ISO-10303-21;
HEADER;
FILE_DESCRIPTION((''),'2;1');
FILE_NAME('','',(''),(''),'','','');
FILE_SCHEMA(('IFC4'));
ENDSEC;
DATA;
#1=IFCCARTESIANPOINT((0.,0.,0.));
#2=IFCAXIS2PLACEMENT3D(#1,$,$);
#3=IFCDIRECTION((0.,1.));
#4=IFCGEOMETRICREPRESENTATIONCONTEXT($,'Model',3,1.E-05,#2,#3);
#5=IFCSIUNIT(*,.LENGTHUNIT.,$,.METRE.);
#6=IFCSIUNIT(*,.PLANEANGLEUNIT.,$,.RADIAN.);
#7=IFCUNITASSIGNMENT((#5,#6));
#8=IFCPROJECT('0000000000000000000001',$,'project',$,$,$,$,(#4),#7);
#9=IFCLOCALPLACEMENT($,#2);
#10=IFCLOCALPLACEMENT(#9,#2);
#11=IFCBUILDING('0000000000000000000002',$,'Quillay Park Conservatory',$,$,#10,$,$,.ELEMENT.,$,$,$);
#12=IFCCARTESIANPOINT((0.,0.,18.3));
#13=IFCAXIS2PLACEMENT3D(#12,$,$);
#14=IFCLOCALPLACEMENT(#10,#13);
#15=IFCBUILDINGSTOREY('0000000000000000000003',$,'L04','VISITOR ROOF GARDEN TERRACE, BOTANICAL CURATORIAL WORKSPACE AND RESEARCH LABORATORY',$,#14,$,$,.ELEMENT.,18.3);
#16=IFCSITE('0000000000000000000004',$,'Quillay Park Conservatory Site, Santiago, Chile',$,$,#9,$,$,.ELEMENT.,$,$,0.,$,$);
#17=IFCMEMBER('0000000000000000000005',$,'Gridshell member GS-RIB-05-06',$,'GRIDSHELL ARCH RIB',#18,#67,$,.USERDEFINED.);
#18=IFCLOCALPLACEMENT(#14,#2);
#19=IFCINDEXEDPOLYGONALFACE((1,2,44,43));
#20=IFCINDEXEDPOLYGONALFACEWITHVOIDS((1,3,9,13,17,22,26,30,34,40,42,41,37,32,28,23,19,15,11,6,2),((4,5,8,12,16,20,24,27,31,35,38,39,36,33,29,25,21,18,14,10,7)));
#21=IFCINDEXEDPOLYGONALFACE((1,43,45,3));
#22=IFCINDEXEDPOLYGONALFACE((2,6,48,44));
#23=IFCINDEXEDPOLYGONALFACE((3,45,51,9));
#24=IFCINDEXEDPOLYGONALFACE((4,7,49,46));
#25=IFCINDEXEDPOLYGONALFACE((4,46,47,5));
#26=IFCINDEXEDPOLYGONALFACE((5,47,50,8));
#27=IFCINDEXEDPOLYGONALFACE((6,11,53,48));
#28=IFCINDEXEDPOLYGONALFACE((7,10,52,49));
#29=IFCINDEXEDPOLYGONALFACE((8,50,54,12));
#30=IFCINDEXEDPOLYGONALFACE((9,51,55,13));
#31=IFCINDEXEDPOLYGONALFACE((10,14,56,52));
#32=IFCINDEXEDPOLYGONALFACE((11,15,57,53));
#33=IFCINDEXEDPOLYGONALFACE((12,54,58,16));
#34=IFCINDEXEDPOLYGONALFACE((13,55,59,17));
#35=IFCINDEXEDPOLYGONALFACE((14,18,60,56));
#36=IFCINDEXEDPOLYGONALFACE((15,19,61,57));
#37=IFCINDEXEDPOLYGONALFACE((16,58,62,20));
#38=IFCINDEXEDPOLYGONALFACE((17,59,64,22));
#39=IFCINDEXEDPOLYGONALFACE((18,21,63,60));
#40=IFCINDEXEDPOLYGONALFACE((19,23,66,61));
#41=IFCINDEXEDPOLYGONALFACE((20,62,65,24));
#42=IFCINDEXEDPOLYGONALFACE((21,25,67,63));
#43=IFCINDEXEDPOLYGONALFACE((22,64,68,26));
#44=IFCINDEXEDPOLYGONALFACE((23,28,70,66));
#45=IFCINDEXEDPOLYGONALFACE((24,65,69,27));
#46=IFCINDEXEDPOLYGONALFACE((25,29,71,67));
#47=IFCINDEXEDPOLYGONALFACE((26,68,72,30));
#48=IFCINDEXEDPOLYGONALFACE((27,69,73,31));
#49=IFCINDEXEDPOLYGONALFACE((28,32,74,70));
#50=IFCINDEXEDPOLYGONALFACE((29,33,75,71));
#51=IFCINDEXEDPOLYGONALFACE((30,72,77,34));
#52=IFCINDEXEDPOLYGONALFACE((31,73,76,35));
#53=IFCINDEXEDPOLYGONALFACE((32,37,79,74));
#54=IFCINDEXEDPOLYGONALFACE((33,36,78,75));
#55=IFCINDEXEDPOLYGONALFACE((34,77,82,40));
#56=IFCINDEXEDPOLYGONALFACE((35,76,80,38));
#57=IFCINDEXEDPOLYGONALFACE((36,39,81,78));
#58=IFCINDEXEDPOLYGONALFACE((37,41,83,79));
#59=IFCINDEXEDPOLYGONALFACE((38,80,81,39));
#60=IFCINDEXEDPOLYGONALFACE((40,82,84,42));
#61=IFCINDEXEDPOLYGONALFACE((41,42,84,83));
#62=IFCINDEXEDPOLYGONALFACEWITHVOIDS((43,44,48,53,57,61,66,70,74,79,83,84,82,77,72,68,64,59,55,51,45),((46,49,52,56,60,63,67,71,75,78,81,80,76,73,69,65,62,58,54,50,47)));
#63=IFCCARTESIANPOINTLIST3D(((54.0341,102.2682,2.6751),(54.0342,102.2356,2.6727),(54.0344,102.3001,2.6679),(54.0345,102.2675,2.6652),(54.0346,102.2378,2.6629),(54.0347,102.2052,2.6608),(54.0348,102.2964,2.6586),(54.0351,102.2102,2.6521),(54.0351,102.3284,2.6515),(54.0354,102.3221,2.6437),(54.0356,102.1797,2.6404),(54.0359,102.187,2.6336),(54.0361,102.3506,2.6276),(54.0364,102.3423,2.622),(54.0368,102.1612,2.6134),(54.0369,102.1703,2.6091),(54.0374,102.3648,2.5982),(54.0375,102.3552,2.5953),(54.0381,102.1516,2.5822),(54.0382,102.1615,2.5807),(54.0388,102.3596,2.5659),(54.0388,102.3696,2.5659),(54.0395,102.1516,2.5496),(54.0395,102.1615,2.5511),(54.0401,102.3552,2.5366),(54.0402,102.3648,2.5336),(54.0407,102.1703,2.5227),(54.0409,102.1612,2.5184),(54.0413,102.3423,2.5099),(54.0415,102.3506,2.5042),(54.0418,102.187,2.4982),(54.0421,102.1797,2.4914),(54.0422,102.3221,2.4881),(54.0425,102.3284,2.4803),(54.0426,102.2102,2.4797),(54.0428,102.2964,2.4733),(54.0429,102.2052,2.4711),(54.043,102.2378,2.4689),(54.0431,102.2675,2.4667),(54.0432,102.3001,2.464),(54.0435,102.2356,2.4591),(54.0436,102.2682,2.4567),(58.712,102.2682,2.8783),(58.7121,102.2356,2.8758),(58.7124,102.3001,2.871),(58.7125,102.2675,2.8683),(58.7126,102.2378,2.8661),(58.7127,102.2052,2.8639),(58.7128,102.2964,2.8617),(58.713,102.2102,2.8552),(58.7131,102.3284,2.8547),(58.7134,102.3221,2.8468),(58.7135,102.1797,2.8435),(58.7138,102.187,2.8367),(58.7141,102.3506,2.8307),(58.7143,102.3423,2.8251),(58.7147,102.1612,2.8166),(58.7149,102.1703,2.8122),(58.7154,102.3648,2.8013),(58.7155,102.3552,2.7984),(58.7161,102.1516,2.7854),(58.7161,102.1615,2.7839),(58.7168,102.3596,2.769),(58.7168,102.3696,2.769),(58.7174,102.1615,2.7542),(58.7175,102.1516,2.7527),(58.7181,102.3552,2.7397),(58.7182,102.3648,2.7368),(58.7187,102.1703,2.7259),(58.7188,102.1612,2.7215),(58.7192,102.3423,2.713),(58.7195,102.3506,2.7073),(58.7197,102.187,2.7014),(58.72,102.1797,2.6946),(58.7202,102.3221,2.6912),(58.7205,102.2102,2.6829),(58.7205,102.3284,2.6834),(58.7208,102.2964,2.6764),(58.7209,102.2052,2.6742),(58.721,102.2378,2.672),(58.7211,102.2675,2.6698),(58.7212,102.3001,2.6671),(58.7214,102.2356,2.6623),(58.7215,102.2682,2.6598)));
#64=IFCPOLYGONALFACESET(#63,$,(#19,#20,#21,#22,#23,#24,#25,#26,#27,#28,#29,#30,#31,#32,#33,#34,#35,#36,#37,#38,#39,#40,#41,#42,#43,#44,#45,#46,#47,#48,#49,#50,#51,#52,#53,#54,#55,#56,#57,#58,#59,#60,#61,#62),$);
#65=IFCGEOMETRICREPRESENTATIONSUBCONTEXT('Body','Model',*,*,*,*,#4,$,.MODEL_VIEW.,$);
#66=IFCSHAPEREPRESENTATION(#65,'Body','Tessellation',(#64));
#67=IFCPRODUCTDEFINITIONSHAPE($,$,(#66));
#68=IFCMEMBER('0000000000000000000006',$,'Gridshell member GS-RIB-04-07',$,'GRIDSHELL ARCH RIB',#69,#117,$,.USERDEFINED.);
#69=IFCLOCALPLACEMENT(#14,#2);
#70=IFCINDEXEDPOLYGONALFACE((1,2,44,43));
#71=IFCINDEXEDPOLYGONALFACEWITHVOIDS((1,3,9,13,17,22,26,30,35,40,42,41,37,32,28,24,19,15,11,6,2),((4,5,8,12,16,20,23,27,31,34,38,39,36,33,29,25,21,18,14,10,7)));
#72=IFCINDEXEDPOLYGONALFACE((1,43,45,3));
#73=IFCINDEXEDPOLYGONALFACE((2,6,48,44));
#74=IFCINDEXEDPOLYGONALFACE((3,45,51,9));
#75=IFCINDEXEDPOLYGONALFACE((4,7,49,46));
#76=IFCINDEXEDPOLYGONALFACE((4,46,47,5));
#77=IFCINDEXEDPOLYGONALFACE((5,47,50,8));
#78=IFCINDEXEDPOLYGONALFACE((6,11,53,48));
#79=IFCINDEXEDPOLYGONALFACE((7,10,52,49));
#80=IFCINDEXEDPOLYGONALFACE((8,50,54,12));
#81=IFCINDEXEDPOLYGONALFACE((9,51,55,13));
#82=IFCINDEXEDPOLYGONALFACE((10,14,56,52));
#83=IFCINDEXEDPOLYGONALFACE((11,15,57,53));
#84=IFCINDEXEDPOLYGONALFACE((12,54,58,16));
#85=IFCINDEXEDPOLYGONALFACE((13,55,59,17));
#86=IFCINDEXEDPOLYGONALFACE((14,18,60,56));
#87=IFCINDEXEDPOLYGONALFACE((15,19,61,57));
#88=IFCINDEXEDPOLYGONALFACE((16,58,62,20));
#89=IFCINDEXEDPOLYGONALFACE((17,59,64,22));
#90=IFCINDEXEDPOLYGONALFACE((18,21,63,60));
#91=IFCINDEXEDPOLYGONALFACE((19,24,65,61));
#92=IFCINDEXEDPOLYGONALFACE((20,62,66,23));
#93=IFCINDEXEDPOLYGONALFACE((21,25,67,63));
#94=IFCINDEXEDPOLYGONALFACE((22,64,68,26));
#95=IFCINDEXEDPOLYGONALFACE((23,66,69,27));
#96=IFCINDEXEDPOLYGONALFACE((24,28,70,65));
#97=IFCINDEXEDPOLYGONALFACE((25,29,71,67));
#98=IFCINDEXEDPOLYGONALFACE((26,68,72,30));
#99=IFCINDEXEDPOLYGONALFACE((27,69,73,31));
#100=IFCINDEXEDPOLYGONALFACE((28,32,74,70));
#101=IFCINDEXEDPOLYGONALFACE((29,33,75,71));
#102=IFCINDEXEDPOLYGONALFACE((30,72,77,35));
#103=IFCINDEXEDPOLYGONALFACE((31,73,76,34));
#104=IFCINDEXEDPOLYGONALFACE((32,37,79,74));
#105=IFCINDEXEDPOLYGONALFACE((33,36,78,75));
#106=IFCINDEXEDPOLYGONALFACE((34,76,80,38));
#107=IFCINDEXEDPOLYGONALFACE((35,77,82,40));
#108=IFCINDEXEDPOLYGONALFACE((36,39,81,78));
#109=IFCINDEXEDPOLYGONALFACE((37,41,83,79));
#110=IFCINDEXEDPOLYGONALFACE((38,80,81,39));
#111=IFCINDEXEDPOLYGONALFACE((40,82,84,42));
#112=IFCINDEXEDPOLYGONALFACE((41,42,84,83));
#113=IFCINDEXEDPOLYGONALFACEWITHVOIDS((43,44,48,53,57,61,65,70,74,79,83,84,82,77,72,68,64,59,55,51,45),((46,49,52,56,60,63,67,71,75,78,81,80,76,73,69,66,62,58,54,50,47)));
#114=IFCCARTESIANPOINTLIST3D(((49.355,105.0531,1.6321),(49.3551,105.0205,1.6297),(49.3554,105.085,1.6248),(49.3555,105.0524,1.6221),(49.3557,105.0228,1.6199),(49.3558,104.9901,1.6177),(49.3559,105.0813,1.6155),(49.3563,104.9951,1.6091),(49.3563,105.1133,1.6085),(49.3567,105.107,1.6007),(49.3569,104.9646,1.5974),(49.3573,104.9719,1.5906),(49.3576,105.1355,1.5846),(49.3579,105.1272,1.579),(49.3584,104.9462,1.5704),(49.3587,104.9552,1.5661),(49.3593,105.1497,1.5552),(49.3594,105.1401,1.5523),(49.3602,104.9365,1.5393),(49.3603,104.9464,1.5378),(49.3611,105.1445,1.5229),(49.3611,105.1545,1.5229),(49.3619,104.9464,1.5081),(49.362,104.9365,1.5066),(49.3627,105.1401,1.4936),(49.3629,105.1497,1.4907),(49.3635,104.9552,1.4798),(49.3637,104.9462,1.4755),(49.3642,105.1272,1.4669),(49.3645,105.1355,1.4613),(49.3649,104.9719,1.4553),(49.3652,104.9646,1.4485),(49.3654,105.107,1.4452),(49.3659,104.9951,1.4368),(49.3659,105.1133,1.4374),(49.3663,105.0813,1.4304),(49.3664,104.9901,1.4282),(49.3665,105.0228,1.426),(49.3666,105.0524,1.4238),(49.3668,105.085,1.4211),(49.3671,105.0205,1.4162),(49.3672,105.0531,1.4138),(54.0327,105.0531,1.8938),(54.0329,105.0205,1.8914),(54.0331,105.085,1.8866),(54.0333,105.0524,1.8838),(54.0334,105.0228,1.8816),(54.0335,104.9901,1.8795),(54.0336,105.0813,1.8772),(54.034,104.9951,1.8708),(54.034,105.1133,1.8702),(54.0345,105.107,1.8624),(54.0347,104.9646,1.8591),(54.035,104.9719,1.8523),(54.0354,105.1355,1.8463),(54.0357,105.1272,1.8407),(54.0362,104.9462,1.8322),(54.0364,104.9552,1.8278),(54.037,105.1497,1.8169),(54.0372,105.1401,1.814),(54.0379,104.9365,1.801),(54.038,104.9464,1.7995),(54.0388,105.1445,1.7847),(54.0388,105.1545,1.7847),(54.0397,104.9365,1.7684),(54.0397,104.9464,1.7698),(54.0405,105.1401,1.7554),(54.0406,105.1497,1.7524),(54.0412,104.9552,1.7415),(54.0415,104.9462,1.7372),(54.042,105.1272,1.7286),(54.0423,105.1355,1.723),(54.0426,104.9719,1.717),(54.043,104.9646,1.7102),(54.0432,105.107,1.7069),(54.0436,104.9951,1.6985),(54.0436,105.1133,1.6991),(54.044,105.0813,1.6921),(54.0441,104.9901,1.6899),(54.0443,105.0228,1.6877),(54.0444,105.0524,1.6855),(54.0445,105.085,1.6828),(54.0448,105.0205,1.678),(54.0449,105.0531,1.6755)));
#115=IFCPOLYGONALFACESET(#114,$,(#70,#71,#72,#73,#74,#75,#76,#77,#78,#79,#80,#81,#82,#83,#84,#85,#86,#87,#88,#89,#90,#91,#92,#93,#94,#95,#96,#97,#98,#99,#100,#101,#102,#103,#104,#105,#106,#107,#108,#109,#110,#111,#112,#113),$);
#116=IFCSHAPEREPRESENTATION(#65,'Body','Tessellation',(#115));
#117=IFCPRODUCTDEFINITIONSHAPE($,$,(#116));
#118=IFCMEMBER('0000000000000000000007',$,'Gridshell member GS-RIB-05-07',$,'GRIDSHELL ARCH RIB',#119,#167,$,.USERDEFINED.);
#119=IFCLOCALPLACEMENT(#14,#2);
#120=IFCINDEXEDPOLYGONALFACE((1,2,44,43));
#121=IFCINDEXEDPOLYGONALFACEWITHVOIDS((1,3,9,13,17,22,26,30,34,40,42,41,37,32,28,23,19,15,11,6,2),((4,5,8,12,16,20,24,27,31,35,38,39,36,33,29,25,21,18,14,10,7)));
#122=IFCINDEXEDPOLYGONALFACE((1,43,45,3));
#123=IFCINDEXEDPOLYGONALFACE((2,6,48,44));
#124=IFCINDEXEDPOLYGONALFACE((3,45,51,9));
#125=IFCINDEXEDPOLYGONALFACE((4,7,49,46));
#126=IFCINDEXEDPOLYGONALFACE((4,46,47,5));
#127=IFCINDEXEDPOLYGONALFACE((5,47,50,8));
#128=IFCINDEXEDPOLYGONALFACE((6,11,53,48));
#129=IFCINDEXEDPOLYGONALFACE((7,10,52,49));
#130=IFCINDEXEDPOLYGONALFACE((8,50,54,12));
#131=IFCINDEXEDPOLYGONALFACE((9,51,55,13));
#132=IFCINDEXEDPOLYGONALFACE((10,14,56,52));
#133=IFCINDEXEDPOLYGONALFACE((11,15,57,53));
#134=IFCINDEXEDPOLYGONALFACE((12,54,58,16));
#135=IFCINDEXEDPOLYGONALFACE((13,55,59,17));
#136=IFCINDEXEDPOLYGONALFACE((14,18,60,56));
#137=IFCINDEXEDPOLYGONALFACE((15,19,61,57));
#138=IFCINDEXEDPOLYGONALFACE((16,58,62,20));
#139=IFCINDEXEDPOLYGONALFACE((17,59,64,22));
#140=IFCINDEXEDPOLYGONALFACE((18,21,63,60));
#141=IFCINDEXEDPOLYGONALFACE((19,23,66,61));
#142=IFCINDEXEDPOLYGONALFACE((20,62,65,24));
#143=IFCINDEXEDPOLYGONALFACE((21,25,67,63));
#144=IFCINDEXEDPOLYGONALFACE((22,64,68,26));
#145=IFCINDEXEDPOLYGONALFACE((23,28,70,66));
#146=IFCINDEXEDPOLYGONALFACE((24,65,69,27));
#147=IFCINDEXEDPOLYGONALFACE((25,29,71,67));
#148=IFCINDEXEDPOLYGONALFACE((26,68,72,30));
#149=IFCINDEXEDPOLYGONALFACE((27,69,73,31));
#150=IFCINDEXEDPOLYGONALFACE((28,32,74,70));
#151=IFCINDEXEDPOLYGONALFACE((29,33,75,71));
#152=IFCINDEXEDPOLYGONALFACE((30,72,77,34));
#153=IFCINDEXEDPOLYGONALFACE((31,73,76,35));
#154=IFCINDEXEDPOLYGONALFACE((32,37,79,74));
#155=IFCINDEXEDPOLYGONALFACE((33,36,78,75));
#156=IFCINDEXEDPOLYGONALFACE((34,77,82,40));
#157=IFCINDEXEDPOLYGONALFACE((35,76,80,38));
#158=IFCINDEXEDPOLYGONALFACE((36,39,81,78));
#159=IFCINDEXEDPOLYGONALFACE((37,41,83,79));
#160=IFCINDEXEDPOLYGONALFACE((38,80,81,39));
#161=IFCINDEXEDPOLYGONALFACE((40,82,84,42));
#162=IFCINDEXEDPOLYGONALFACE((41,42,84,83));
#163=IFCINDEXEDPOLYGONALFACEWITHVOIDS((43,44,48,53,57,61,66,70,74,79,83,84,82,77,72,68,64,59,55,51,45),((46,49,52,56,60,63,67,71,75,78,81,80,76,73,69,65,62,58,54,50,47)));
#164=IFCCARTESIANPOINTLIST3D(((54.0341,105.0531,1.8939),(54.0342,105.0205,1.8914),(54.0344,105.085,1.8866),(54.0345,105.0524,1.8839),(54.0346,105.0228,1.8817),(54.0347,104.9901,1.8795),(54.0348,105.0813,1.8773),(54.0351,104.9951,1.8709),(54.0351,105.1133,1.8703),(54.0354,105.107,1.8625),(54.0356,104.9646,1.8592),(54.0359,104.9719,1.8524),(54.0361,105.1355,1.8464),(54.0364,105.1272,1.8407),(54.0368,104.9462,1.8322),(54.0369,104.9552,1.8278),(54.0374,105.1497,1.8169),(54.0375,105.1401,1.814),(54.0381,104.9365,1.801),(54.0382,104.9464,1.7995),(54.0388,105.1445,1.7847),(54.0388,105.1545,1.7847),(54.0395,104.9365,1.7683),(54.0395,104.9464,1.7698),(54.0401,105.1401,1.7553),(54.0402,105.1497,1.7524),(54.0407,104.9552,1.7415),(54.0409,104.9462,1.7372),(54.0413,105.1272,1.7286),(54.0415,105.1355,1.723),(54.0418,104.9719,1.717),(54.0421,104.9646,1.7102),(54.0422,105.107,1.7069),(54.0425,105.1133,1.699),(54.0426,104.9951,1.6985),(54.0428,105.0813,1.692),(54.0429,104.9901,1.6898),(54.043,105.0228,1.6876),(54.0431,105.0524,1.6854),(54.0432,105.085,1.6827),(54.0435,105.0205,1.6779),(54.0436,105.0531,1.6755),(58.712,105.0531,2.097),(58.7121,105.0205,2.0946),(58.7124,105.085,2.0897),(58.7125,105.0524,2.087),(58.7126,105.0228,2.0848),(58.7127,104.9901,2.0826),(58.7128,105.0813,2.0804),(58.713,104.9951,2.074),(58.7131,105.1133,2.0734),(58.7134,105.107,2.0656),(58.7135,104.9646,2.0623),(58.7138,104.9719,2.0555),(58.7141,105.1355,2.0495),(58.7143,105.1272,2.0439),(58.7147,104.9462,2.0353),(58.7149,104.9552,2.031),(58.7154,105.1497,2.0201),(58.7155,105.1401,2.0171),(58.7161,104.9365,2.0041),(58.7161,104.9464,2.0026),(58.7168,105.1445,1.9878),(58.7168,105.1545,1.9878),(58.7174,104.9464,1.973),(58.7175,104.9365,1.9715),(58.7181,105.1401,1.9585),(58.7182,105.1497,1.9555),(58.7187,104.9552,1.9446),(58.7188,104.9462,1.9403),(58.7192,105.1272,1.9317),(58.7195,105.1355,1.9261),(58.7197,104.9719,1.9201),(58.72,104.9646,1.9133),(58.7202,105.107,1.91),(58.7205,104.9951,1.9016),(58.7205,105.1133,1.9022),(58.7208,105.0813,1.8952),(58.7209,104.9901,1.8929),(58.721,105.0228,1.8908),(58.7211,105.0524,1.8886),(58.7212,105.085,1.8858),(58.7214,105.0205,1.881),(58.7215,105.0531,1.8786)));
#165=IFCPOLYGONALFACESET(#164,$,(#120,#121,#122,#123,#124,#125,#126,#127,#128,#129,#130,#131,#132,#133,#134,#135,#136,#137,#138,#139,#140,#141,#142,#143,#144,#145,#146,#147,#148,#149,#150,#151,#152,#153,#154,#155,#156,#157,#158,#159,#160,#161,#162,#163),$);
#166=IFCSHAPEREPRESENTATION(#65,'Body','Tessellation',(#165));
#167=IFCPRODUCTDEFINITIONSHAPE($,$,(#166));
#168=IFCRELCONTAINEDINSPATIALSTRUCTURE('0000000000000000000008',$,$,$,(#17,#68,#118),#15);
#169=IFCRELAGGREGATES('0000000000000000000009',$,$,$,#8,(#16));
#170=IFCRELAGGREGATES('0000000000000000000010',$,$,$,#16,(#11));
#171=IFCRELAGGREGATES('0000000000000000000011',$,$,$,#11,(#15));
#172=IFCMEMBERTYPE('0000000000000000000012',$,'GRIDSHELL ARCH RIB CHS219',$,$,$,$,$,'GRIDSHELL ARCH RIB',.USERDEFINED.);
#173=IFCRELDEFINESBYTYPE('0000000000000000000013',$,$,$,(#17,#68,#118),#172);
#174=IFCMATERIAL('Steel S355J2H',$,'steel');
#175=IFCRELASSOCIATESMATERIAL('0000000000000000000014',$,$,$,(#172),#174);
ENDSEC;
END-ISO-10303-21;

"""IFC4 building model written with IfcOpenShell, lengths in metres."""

from ifc_helpers import new_model, si_unit, direction, frame, origin, origin_2d, place, context, subcontext, project, spatial, hollow_circle, extrude, material, material_profile, profile_set, type_object, element, save


model = new_model("IFC4")

# Units and contexts
model_context = context("Model", 3, precision=1e-05, world=origin(), true_north=direction((0.0, 1.0)))
body_context = subcontext(model_context, "Body", "Model", "MODEL_VIEW")
ifc_project = project(units=[si_unit("LENGTHUNIT", "METRE"), si_unit("PLANEANGLEUNIT", "RADIAN")], contexts=[model_context])

# Site, building, storey
site_placement = place(None, origin())
site = spatial("IfcSite", under=ifc_project, at=site_placement, Name="Quillay Park Conservatory Site, Santiago, Chile", CompositionType="ELEMENT", RefElevation=0.0)
building_placement = place(site_placement, origin())
building = spatial("IfcBuilding", under=site, at=building_placement, Name="Quillay Park Conservatory", CompositionType="ELEMENT")
storey_placement = place(building_placement, frame((0.0, 0.0, 18.3)))
storey = spatial("IfcBuildingStorey", under=building, at=storey_placement, Name="L04", Description="VISITOR ROOF GARDEN TERRACE, BOTANICAL CURATORIAL WORKSPACE AND RESEARCH LABORATORY", CompositionType="ELEMENT", Elevation=18.3)

# Members
ifc_material_1 = material(Name="Steel S355J2H", Category="steel")
ifc_material_profile_1 = material_profile(ifc_material_1, hollow_circle(Radius=0.1096, WallThickness=0.01, at=origin_2d()), Name="CHS219.1x10")
ifc_profile_set_1 = profile_set([ifc_material_profile_1], Name="Steel S355J2H")
member_type = type_object("IfcMemberType", Name="GRIDSHELL ARCH RIB CHS219", ElementType="GRIDSHELL ARCH RIB", PredefinedType="USERDEFINED", material=ifc_profile_set_1)
member_1_placement = place(storey_placement, frame((54.0388, 102.26, 2.5659), z_axis=(0.999059, 0.0, 0.043381), x_axis=(0.0, 1.0, 0.0)))
element("IfcMember", 1, at=member_1_placement, inside=storey, type_object=member_type, Name="Gridshell member GS-RIB-05-06", ObjectType="GRIDSHELL ARCH RIB", PredefinedType="USERDEFINED", context=body_context, shape_type="SweptSolid", body=[
    extrude(hollow_circle(Radius=0.1096, WallThickness=0.01, at=origin_2d()), origin(), (0.0, 0.0, 1.0), 4.6824),
])
member_2_placement = place(storey_placement, frame((49.3611, 105.0449, 1.5229), z_axis=(0.998438, 0.0, 0.055863), x_axis=(0.0, 1.0, 0.0)))
element("IfcMember", 2, at=member_2_placement, inside=storey, type_object=member_type, Name="Gridshell member GS-RIB-04-07", ObjectType="GRIDSHELL ARCH RIB", PredefinedType="USERDEFINED", context=body_context, shape_type="SweptSolid", body=[
    extrude(hollow_circle(Radius=0.1096, WallThickness=0.01, at=origin_2d()), origin(), (0.0, 0.0, 1.0), 4.6851),
])
member_3_placement = place(storey_placement, frame((54.0388, 105.0449, 1.7847), z_axis=(0.999059, 0.0, 0.043381), x_axis=(0.0, 1.0, 0.0)))
element("IfcMember", 3, at=member_3_placement, inside=storey, type_object=member_type, Name="Gridshell member GS-RIB-05-07", ObjectType="GRIDSHELL ARCH RIB", PredefinedType="USERDEFINED", context=body_context, shape_type="SweptSolid", body=[
    extrude(hollow_circle(Radius=0.1096, WallThickness=0.01, at=origin_2d()), origin(), (0.0, 0.0, 1.0), 4.6824),
])

save(model, "model.ifc")
